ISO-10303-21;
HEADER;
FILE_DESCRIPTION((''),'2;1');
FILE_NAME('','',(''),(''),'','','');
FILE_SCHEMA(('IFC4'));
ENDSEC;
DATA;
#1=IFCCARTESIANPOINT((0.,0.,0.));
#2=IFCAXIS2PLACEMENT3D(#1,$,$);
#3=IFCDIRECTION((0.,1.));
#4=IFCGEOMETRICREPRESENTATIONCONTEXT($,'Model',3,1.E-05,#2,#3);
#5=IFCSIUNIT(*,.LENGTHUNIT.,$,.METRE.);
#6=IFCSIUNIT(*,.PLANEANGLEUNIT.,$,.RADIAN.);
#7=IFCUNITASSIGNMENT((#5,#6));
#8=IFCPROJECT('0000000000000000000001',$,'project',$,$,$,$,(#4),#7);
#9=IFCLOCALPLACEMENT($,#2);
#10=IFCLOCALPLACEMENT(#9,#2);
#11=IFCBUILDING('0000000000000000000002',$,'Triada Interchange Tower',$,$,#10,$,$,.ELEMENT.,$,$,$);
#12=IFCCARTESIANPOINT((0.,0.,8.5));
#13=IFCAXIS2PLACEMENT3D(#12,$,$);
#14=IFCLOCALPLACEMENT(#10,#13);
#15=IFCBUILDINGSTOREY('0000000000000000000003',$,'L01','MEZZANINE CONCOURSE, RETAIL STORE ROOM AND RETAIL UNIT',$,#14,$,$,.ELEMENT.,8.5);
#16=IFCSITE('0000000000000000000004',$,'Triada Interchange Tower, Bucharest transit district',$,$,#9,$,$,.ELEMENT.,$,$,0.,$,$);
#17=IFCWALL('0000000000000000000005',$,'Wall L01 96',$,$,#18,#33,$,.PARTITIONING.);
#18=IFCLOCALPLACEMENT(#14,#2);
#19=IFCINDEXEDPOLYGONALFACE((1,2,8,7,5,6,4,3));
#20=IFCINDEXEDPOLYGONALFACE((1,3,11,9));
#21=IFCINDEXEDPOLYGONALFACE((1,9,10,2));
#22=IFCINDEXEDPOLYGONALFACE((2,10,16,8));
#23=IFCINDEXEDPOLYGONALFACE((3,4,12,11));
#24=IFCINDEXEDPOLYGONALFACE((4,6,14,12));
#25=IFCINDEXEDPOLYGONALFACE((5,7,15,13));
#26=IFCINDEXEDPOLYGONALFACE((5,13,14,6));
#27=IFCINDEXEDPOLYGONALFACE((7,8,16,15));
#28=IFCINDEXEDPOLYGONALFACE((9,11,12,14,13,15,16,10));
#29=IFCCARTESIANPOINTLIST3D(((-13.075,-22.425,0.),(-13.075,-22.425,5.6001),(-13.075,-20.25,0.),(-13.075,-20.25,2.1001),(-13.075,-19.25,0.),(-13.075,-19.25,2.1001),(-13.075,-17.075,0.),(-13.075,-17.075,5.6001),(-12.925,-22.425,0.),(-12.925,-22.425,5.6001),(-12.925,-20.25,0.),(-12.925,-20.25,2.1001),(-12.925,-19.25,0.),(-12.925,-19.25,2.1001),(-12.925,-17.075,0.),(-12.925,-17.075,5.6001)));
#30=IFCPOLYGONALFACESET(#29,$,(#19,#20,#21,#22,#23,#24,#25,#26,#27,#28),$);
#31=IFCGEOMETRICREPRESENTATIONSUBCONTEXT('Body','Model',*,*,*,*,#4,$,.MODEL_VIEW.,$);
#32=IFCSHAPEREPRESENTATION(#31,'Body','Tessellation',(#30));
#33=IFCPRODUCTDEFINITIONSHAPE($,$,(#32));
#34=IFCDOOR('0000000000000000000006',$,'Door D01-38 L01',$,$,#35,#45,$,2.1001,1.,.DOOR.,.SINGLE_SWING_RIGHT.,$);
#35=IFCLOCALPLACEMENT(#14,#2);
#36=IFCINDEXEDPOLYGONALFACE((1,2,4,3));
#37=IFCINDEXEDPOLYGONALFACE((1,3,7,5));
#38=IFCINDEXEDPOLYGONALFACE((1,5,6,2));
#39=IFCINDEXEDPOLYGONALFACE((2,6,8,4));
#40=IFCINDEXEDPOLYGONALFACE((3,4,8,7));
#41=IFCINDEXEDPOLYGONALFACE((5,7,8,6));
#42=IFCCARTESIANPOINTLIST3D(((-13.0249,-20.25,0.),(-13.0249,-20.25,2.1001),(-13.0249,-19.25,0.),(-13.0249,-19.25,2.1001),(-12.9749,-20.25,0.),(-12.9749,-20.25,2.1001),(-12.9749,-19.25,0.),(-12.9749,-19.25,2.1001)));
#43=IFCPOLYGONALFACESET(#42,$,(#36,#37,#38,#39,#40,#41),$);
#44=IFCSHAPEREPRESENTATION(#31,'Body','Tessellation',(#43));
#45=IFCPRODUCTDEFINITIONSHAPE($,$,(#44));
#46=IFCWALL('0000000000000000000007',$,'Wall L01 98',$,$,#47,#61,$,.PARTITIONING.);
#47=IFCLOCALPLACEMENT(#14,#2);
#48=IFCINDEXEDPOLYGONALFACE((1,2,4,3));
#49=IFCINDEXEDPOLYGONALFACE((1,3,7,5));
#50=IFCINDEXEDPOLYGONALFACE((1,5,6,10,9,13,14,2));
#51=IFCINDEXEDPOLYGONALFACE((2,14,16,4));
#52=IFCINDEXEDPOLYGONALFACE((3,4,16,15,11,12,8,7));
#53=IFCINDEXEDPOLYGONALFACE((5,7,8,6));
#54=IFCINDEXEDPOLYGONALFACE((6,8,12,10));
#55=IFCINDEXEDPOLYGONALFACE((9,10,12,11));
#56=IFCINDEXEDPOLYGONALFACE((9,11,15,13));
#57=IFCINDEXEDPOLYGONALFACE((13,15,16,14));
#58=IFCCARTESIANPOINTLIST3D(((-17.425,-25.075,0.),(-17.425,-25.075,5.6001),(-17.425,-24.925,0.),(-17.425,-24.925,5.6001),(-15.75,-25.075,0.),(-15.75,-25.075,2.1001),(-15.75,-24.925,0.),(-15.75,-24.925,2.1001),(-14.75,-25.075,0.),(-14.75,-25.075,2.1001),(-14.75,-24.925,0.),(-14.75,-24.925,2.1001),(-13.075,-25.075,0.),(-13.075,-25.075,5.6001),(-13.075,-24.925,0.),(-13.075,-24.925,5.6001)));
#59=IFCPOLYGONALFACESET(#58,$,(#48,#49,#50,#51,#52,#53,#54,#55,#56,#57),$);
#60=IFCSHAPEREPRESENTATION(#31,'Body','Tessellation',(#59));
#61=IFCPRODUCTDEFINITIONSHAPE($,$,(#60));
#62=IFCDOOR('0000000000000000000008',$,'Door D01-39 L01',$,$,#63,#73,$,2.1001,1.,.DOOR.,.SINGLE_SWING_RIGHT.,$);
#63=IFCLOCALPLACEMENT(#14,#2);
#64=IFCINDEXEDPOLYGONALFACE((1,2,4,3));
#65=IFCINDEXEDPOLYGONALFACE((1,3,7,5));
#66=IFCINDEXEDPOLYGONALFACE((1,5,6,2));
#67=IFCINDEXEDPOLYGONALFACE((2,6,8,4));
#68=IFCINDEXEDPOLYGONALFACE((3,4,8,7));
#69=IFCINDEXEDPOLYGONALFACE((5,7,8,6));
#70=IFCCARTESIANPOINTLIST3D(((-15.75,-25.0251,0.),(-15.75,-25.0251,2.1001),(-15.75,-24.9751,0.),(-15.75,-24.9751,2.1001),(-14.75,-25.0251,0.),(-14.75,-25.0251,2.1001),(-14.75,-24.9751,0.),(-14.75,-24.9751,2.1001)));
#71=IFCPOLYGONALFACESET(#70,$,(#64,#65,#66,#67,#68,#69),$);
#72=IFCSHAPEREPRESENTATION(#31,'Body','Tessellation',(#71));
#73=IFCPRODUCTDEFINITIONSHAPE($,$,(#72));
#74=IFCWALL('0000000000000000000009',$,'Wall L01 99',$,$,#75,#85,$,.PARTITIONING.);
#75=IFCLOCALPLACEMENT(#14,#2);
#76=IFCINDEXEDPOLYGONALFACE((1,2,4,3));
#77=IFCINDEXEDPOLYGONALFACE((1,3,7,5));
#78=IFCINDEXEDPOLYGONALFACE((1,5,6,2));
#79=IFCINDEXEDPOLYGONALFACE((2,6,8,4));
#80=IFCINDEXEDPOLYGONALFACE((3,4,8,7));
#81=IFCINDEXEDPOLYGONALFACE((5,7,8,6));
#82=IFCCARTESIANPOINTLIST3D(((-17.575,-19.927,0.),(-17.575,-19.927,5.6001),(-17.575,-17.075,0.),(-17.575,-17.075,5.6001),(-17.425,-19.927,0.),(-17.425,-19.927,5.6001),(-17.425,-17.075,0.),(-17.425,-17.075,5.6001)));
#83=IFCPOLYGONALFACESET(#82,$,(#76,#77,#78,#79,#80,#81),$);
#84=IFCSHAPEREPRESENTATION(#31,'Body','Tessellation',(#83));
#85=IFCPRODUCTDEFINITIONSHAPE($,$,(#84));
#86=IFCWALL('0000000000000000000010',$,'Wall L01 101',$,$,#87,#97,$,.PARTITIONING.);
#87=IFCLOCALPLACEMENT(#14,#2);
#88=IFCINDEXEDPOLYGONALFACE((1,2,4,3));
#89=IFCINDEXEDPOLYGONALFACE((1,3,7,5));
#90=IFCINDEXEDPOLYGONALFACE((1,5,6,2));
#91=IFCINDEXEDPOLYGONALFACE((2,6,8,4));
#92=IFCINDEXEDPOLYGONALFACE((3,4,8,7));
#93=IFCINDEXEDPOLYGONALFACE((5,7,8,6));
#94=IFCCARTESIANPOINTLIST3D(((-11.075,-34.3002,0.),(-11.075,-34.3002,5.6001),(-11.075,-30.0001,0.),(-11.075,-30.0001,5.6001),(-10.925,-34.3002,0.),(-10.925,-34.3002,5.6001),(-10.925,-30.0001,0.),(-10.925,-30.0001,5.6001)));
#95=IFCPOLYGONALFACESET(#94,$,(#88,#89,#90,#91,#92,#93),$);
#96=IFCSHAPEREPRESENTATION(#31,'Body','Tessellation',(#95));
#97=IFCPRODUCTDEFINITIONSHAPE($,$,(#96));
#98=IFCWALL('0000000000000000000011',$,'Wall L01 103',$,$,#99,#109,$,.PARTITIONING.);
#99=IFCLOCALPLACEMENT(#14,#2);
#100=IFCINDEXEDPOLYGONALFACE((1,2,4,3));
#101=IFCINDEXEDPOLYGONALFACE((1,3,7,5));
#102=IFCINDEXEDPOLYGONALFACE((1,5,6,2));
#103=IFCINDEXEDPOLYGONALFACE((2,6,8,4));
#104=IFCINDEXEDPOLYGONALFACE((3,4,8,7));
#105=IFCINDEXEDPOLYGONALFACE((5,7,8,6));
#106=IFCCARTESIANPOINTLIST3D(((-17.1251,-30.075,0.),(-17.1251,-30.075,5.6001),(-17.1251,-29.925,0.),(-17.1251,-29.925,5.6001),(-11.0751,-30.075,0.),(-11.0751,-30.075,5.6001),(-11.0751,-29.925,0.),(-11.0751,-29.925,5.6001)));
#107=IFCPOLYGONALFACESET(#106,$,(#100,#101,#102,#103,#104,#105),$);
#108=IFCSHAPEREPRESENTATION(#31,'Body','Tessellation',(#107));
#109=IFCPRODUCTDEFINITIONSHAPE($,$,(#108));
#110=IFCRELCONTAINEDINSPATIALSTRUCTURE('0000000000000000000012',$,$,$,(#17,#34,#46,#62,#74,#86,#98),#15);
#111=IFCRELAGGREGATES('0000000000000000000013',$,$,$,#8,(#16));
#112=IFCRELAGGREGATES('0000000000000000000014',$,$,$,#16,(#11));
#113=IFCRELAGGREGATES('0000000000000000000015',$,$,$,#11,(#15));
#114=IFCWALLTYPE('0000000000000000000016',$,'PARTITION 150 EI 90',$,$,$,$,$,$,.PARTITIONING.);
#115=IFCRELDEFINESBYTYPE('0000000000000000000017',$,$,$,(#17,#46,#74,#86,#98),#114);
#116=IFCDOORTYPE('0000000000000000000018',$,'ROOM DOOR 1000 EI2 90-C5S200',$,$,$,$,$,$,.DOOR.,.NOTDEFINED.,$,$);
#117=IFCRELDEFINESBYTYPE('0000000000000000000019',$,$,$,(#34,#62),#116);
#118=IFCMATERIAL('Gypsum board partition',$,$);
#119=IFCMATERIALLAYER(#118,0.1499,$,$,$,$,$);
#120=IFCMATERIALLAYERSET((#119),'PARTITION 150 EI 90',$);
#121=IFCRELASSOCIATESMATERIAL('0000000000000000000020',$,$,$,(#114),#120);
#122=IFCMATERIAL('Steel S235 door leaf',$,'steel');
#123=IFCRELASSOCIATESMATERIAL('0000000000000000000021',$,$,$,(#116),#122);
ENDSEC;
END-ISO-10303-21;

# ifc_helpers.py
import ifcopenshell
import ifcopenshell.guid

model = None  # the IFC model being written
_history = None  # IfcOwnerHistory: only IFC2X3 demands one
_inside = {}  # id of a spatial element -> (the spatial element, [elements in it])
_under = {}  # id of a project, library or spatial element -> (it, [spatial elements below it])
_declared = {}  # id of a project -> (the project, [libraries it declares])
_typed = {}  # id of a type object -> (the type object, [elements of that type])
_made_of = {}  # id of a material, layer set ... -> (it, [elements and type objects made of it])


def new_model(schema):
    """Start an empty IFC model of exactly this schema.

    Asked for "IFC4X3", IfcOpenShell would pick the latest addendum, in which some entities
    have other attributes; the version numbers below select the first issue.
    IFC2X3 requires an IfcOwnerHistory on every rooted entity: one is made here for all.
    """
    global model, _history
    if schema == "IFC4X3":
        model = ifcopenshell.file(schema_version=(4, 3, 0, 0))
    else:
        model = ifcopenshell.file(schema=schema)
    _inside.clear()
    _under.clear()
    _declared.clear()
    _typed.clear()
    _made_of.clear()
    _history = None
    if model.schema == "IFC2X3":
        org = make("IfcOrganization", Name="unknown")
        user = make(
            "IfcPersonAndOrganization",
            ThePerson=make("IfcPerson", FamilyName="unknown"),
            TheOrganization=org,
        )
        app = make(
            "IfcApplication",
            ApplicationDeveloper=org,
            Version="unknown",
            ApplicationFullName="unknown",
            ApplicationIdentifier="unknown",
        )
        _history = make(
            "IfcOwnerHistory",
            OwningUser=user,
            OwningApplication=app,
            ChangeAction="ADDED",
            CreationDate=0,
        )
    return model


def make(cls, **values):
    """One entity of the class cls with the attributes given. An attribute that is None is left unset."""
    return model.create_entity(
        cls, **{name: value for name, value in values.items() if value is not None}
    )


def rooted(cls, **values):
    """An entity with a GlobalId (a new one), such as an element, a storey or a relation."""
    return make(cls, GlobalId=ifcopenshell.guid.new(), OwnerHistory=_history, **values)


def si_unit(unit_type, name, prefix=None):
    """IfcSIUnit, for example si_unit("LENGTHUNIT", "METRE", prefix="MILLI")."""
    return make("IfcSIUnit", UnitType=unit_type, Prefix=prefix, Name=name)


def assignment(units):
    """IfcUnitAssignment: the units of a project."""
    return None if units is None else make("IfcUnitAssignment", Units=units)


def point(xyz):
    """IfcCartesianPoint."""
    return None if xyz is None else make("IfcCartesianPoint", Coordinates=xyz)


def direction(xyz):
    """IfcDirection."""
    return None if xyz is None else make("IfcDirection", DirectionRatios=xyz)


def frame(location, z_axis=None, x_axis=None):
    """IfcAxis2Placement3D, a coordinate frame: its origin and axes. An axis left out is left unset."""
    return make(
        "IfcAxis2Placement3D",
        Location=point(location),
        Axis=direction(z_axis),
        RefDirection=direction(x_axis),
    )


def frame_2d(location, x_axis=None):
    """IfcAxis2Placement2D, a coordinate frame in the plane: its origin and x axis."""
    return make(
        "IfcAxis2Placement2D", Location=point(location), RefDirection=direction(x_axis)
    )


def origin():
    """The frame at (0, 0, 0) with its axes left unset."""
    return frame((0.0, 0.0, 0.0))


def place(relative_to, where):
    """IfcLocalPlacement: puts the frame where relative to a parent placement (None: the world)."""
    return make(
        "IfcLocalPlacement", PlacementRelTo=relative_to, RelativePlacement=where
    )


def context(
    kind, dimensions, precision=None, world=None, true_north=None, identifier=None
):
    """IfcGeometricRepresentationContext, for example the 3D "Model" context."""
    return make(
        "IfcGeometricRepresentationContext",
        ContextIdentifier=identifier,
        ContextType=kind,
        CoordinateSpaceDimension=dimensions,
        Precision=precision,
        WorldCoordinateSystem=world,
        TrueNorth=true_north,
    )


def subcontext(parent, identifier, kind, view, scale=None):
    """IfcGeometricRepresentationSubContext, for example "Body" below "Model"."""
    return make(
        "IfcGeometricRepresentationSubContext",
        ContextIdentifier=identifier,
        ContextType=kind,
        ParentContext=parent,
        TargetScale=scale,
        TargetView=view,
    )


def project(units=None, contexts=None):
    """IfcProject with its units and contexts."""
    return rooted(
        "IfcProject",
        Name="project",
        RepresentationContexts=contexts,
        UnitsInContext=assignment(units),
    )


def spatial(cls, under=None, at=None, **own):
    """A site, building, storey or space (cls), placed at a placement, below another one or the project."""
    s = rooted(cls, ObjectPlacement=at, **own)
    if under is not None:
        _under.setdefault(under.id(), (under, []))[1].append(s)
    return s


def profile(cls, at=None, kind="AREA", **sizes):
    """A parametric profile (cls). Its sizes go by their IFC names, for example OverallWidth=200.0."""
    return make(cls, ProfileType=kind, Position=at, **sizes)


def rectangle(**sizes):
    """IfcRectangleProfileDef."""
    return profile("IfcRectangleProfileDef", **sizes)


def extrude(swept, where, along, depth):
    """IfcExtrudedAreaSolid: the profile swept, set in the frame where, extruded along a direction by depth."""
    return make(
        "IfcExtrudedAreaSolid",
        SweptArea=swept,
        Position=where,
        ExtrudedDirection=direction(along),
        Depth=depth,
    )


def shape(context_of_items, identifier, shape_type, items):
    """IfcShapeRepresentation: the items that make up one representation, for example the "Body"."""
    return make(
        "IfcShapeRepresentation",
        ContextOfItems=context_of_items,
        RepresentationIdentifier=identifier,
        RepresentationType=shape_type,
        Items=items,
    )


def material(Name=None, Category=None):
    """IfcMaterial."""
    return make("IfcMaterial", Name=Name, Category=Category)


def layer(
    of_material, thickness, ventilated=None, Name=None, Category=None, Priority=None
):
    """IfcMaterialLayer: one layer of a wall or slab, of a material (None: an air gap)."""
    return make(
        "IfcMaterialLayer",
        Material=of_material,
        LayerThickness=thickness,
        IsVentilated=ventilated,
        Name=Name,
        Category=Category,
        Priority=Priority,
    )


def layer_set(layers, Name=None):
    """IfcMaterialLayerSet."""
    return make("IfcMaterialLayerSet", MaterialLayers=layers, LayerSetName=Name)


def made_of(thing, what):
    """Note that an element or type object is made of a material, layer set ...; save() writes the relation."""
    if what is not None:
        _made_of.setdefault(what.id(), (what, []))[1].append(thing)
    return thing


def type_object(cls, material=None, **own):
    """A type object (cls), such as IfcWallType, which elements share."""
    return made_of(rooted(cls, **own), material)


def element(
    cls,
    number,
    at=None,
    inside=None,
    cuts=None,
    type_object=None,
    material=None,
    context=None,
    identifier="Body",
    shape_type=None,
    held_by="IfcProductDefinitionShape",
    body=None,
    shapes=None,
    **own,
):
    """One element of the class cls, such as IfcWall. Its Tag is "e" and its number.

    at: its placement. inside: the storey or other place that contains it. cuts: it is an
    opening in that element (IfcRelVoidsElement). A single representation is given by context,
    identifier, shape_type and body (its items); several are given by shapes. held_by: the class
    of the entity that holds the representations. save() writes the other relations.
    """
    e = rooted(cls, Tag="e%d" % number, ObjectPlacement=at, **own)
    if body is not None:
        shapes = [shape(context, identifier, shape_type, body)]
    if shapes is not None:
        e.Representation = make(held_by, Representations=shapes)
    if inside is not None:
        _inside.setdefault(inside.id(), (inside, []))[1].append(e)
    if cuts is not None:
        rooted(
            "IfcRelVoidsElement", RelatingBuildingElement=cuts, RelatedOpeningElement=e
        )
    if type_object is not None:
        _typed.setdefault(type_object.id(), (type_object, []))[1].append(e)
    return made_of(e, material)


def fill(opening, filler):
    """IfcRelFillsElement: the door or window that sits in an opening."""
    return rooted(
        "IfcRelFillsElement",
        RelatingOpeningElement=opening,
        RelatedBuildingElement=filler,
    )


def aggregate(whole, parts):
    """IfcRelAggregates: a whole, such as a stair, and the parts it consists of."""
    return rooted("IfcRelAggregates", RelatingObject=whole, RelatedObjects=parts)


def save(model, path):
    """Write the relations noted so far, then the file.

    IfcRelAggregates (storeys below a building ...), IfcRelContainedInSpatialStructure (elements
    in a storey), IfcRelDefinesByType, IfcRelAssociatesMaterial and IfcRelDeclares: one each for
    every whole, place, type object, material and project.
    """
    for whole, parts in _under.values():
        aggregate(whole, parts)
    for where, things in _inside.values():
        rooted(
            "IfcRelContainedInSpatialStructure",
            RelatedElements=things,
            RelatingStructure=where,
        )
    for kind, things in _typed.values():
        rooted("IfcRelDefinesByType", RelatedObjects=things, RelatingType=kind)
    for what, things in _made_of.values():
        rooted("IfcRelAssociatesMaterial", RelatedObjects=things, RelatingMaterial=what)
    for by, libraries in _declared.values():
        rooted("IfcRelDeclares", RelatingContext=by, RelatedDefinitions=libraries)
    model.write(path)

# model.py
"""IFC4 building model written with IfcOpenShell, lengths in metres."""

from ifc_helpers import new_model, si_unit, direction, frame, frame_2d, origin, place, context, subcontext, project, spatial, rectangle, extrude, material, layer, layer_set, type_object, element, fill, save


model = new_model("IFC4")

# Units and contexts
model_context = context("Model", 3, precision=1e-05, world=origin(), true_north=direction((0.0, 1.0)))
body_context = subcontext(model_context, "Body", "Model", "MODEL_VIEW")
ifc_project = project(units=[si_unit("LENGTHUNIT", "METRE"), si_unit("PLANEANGLEUNIT", "RADIAN")], contexts=[model_context])

# Site, building, storey
site_placement = place(None, origin())
site = spatial("IfcSite", under=ifc_project, at=site_placement, Name="Triada Interchange Tower, Bucharest transit district", CompositionType="ELEMENT", RefElevation=0.0)
building_placement = place(site_placement, origin())
building = spatial("IfcBuilding", under=site, at=building_placement, Name="Triada Interchange Tower", CompositionType="ELEMENT")
storey_placement = place(building_placement, frame((0.0, 0.0, 8.5)))
storey = spatial("IfcBuildingStorey", under=building, at=storey_placement, Name="L01", Description="MEZZANINE CONCOURSE, RETAIL STORE ROOM AND RETAIL UNIT", CompositionType="ELEMENT", Elevation=8.5)

# Shared definitions
ifc_material_1 = material(Name="Gypsum board partition")

# Shared definitions
ifc_material_2 = material(Name="Steel S235 door leaf", Category="steel")

# Shared definitions
ifc_layer_1 = layer(ifc_material_1, 0.1499)
ifc_layer_set_1 = layer_set([ifc_layer_1], Name="PARTITION 150 EI 90")
wall_type_1 = type_object("IfcWallType", Name="PARTITION 150 EI 90", PredefinedType="PARTITIONING", material=ifc_layer_set_1)

# Walls, openings, doors
wall_1_placement = place(storey_placement, frame((-13.0, -22.425, 0.0), z_axis=(0.0, 0.0, 1.0), x_axis=(0.0, 1.0, 0.0)))
wall_1 = element("IfcWall", 1, at=wall_1_placement, inside=storey, type_object=wall_type_1, Name="Wall L01 96", PredefinedType="PARTITIONING", context=body_context, shape_type="SweptSolid", body=[
    extrude(rectangle(XDim=5.3501, YDim=0.1499, at=frame_2d((2.675, 0.0))), origin(), (0.0, 0.0, 1.0), 5.6001),
])
opening_1_placement = place(wall_1_placement, frame((2.175, 0.0, 0.0)))
opening_1 = element("IfcOpeningElement", 2, at=opening_1_placement, cuts=wall_1, PredefinedType="OPENING", context=body_context, shape_type="SweptSolid", body=[
    extrude(rectangle(XDim=1.0, YDim=2.1001, at=frame_2d((0.5, 1.05))), frame((0.0, 0.085, 0.0), z_axis=(0.0, -1.0, 0.0), x_axis=(1.0, 0.0, 0.0)), (0.0, 0.0, 1.0), 0.1699),
])
door_type_1 = type_object("IfcDoorType", Name="ROOM DOOR 1000 EI2 90-C5S200", OperationType="NOTDEFINED", PredefinedType="DOOR", material=ifc_material_2)
door_1_placement = place(opening_1_placement, origin())
door_1 = element("IfcDoor", 3, at=door_1_placement, inside=storey, type_object=door_type_1, Name="Door D01-38 L01", OperationType="SINGLE_SWING_RIGHT", OverallHeight=2.1001, OverallWidth=1.0, PredefinedType="DOOR", context=body_context, shape_type="SweptSolid", body=[
    extrude(rectangle(XDim=1.0, YDim=2.1001, at=frame_2d((0.5, 1.05))), frame((0.0, 0.0249, 0.0), z_axis=(0.0, -1.0, 0.0), x_axis=(1.0, 0.0, 0.0)), (0.0, 0.0, 1.0), 0.05),
])
fill(opening_1, door_1)
wall_2_placement = place(storey_placement, frame((-17.425, -25.0, 0.0), z_axis=(0.0, 0.0, 1.0), x_axis=(1.0, 0.0, 0.0)))
wall_2 = element("IfcWall", 4, at=wall_2_placement, inside=storey, type_object=wall_type_1, Name="Wall L01 98", PredefinedType="PARTITIONING", context=body_context, shape_type="SweptSolid", body=[
    extrude(rectangle(XDim=4.3501, YDim=0.1499, at=frame_2d((2.175, 0.0))), origin(), (0.0, 0.0, 1.0), 5.6001),
])
opening_2_placement = place(wall_2_placement, frame((1.675, 0.0, 0.0)))
opening_2 = element("IfcOpeningElement", 5, at=opening_2_placement, cuts=wall_2, PredefinedType="OPENING", context=body_context, shape_type="SweptSolid", body=[
    extrude(rectangle(XDim=1.0, YDim=2.1001, at=frame_2d((0.5, 1.05))), frame((0.0, 0.085, 0.0), z_axis=(0.0, -1.0, 0.0), x_axis=(1.0, 0.0, 0.0)), (0.0, 0.0, 1.0), 0.1699),
])
door_2_placement = place(opening_2_placement, origin())
door_2 = element("IfcDoor", 6, at=door_2_placement, inside=storey, type_object=door_type_1, Name="Door D01-39 L01", OperationType="SINGLE_SWING_RIGHT", OverallHeight=2.1001, OverallWidth=1.0, PredefinedType="DOOR", context=body_context, shape_type="SweptSolid", body=[
    extrude(rectangle(XDim=1.0, YDim=2.1001, at=frame_2d((0.5, 1.05))), frame((0.0, 0.0249, 0.0), z_axis=(0.0, -1.0, 0.0), x_axis=(1.0, 0.0, 0.0)), (0.0, 0.0, 1.0), 0.05),
])
fill(opening_2, door_2)

# Walls
wall_3_placement = place(storey_placement, frame((-17.5, -19.927, 0.0), z_axis=(0.0, 0.0, 1.0), x_axis=(0.0, 1.0, 0.0)))
element("IfcWall", 7, at=wall_3_placement, inside=storey, type_object=wall_type_1, Name="Wall L01 99", PredefinedType="PARTITIONING", context=body_context, shape_type="SweptSolid", body=[
    extrude(rectangle(XDim=2.8521, YDim=0.1499, at=frame_2d((1.426, 0.0))), origin(), (0.0, 0.0, 1.0), 5.6001),
])
wall_4_placement = place(storey_placement, frame((-11.0, -34.3, 0.0), z_axis=(0.0, 0.0, 1.0), x_axis=(0.0, 1.0, 0.0)))
element("IfcWall", 8, at=wall_4_placement, inside=storey, type_object=wall_type_1, Name="Wall L01 101", PredefinedType="PARTITIONING", context=body_context, shape_type="SweptSolid", body=[
    extrude(rectangle(XDim=4.3, YDim=0.1499, at=frame_2d((2.1499, 0.0))), origin(), (0.0, 0.0, 1.0), 5.6001),
])
wall_5_placement = place(storey_placement, frame((-17.125, -30.0, 0.0), z_axis=(0.0, 0.0, 1.0), x_axis=(1.0, 0.0, 0.0)))
element("IfcWall", 9, at=wall_5_placement, inside=storey, type_object=wall_type_1, Name="Wall L01 103", PredefinedType="PARTITIONING", context=body_context, shape_type="SweptSolid", body=[
    extrude(rectangle(XDim=6.05, YDim=0.1499, at=frame_2d((3.0249, 0.0))), origin(), (0.0, 0.0, 1.0), 5.6001),
])

save(model, "model.ifc")
